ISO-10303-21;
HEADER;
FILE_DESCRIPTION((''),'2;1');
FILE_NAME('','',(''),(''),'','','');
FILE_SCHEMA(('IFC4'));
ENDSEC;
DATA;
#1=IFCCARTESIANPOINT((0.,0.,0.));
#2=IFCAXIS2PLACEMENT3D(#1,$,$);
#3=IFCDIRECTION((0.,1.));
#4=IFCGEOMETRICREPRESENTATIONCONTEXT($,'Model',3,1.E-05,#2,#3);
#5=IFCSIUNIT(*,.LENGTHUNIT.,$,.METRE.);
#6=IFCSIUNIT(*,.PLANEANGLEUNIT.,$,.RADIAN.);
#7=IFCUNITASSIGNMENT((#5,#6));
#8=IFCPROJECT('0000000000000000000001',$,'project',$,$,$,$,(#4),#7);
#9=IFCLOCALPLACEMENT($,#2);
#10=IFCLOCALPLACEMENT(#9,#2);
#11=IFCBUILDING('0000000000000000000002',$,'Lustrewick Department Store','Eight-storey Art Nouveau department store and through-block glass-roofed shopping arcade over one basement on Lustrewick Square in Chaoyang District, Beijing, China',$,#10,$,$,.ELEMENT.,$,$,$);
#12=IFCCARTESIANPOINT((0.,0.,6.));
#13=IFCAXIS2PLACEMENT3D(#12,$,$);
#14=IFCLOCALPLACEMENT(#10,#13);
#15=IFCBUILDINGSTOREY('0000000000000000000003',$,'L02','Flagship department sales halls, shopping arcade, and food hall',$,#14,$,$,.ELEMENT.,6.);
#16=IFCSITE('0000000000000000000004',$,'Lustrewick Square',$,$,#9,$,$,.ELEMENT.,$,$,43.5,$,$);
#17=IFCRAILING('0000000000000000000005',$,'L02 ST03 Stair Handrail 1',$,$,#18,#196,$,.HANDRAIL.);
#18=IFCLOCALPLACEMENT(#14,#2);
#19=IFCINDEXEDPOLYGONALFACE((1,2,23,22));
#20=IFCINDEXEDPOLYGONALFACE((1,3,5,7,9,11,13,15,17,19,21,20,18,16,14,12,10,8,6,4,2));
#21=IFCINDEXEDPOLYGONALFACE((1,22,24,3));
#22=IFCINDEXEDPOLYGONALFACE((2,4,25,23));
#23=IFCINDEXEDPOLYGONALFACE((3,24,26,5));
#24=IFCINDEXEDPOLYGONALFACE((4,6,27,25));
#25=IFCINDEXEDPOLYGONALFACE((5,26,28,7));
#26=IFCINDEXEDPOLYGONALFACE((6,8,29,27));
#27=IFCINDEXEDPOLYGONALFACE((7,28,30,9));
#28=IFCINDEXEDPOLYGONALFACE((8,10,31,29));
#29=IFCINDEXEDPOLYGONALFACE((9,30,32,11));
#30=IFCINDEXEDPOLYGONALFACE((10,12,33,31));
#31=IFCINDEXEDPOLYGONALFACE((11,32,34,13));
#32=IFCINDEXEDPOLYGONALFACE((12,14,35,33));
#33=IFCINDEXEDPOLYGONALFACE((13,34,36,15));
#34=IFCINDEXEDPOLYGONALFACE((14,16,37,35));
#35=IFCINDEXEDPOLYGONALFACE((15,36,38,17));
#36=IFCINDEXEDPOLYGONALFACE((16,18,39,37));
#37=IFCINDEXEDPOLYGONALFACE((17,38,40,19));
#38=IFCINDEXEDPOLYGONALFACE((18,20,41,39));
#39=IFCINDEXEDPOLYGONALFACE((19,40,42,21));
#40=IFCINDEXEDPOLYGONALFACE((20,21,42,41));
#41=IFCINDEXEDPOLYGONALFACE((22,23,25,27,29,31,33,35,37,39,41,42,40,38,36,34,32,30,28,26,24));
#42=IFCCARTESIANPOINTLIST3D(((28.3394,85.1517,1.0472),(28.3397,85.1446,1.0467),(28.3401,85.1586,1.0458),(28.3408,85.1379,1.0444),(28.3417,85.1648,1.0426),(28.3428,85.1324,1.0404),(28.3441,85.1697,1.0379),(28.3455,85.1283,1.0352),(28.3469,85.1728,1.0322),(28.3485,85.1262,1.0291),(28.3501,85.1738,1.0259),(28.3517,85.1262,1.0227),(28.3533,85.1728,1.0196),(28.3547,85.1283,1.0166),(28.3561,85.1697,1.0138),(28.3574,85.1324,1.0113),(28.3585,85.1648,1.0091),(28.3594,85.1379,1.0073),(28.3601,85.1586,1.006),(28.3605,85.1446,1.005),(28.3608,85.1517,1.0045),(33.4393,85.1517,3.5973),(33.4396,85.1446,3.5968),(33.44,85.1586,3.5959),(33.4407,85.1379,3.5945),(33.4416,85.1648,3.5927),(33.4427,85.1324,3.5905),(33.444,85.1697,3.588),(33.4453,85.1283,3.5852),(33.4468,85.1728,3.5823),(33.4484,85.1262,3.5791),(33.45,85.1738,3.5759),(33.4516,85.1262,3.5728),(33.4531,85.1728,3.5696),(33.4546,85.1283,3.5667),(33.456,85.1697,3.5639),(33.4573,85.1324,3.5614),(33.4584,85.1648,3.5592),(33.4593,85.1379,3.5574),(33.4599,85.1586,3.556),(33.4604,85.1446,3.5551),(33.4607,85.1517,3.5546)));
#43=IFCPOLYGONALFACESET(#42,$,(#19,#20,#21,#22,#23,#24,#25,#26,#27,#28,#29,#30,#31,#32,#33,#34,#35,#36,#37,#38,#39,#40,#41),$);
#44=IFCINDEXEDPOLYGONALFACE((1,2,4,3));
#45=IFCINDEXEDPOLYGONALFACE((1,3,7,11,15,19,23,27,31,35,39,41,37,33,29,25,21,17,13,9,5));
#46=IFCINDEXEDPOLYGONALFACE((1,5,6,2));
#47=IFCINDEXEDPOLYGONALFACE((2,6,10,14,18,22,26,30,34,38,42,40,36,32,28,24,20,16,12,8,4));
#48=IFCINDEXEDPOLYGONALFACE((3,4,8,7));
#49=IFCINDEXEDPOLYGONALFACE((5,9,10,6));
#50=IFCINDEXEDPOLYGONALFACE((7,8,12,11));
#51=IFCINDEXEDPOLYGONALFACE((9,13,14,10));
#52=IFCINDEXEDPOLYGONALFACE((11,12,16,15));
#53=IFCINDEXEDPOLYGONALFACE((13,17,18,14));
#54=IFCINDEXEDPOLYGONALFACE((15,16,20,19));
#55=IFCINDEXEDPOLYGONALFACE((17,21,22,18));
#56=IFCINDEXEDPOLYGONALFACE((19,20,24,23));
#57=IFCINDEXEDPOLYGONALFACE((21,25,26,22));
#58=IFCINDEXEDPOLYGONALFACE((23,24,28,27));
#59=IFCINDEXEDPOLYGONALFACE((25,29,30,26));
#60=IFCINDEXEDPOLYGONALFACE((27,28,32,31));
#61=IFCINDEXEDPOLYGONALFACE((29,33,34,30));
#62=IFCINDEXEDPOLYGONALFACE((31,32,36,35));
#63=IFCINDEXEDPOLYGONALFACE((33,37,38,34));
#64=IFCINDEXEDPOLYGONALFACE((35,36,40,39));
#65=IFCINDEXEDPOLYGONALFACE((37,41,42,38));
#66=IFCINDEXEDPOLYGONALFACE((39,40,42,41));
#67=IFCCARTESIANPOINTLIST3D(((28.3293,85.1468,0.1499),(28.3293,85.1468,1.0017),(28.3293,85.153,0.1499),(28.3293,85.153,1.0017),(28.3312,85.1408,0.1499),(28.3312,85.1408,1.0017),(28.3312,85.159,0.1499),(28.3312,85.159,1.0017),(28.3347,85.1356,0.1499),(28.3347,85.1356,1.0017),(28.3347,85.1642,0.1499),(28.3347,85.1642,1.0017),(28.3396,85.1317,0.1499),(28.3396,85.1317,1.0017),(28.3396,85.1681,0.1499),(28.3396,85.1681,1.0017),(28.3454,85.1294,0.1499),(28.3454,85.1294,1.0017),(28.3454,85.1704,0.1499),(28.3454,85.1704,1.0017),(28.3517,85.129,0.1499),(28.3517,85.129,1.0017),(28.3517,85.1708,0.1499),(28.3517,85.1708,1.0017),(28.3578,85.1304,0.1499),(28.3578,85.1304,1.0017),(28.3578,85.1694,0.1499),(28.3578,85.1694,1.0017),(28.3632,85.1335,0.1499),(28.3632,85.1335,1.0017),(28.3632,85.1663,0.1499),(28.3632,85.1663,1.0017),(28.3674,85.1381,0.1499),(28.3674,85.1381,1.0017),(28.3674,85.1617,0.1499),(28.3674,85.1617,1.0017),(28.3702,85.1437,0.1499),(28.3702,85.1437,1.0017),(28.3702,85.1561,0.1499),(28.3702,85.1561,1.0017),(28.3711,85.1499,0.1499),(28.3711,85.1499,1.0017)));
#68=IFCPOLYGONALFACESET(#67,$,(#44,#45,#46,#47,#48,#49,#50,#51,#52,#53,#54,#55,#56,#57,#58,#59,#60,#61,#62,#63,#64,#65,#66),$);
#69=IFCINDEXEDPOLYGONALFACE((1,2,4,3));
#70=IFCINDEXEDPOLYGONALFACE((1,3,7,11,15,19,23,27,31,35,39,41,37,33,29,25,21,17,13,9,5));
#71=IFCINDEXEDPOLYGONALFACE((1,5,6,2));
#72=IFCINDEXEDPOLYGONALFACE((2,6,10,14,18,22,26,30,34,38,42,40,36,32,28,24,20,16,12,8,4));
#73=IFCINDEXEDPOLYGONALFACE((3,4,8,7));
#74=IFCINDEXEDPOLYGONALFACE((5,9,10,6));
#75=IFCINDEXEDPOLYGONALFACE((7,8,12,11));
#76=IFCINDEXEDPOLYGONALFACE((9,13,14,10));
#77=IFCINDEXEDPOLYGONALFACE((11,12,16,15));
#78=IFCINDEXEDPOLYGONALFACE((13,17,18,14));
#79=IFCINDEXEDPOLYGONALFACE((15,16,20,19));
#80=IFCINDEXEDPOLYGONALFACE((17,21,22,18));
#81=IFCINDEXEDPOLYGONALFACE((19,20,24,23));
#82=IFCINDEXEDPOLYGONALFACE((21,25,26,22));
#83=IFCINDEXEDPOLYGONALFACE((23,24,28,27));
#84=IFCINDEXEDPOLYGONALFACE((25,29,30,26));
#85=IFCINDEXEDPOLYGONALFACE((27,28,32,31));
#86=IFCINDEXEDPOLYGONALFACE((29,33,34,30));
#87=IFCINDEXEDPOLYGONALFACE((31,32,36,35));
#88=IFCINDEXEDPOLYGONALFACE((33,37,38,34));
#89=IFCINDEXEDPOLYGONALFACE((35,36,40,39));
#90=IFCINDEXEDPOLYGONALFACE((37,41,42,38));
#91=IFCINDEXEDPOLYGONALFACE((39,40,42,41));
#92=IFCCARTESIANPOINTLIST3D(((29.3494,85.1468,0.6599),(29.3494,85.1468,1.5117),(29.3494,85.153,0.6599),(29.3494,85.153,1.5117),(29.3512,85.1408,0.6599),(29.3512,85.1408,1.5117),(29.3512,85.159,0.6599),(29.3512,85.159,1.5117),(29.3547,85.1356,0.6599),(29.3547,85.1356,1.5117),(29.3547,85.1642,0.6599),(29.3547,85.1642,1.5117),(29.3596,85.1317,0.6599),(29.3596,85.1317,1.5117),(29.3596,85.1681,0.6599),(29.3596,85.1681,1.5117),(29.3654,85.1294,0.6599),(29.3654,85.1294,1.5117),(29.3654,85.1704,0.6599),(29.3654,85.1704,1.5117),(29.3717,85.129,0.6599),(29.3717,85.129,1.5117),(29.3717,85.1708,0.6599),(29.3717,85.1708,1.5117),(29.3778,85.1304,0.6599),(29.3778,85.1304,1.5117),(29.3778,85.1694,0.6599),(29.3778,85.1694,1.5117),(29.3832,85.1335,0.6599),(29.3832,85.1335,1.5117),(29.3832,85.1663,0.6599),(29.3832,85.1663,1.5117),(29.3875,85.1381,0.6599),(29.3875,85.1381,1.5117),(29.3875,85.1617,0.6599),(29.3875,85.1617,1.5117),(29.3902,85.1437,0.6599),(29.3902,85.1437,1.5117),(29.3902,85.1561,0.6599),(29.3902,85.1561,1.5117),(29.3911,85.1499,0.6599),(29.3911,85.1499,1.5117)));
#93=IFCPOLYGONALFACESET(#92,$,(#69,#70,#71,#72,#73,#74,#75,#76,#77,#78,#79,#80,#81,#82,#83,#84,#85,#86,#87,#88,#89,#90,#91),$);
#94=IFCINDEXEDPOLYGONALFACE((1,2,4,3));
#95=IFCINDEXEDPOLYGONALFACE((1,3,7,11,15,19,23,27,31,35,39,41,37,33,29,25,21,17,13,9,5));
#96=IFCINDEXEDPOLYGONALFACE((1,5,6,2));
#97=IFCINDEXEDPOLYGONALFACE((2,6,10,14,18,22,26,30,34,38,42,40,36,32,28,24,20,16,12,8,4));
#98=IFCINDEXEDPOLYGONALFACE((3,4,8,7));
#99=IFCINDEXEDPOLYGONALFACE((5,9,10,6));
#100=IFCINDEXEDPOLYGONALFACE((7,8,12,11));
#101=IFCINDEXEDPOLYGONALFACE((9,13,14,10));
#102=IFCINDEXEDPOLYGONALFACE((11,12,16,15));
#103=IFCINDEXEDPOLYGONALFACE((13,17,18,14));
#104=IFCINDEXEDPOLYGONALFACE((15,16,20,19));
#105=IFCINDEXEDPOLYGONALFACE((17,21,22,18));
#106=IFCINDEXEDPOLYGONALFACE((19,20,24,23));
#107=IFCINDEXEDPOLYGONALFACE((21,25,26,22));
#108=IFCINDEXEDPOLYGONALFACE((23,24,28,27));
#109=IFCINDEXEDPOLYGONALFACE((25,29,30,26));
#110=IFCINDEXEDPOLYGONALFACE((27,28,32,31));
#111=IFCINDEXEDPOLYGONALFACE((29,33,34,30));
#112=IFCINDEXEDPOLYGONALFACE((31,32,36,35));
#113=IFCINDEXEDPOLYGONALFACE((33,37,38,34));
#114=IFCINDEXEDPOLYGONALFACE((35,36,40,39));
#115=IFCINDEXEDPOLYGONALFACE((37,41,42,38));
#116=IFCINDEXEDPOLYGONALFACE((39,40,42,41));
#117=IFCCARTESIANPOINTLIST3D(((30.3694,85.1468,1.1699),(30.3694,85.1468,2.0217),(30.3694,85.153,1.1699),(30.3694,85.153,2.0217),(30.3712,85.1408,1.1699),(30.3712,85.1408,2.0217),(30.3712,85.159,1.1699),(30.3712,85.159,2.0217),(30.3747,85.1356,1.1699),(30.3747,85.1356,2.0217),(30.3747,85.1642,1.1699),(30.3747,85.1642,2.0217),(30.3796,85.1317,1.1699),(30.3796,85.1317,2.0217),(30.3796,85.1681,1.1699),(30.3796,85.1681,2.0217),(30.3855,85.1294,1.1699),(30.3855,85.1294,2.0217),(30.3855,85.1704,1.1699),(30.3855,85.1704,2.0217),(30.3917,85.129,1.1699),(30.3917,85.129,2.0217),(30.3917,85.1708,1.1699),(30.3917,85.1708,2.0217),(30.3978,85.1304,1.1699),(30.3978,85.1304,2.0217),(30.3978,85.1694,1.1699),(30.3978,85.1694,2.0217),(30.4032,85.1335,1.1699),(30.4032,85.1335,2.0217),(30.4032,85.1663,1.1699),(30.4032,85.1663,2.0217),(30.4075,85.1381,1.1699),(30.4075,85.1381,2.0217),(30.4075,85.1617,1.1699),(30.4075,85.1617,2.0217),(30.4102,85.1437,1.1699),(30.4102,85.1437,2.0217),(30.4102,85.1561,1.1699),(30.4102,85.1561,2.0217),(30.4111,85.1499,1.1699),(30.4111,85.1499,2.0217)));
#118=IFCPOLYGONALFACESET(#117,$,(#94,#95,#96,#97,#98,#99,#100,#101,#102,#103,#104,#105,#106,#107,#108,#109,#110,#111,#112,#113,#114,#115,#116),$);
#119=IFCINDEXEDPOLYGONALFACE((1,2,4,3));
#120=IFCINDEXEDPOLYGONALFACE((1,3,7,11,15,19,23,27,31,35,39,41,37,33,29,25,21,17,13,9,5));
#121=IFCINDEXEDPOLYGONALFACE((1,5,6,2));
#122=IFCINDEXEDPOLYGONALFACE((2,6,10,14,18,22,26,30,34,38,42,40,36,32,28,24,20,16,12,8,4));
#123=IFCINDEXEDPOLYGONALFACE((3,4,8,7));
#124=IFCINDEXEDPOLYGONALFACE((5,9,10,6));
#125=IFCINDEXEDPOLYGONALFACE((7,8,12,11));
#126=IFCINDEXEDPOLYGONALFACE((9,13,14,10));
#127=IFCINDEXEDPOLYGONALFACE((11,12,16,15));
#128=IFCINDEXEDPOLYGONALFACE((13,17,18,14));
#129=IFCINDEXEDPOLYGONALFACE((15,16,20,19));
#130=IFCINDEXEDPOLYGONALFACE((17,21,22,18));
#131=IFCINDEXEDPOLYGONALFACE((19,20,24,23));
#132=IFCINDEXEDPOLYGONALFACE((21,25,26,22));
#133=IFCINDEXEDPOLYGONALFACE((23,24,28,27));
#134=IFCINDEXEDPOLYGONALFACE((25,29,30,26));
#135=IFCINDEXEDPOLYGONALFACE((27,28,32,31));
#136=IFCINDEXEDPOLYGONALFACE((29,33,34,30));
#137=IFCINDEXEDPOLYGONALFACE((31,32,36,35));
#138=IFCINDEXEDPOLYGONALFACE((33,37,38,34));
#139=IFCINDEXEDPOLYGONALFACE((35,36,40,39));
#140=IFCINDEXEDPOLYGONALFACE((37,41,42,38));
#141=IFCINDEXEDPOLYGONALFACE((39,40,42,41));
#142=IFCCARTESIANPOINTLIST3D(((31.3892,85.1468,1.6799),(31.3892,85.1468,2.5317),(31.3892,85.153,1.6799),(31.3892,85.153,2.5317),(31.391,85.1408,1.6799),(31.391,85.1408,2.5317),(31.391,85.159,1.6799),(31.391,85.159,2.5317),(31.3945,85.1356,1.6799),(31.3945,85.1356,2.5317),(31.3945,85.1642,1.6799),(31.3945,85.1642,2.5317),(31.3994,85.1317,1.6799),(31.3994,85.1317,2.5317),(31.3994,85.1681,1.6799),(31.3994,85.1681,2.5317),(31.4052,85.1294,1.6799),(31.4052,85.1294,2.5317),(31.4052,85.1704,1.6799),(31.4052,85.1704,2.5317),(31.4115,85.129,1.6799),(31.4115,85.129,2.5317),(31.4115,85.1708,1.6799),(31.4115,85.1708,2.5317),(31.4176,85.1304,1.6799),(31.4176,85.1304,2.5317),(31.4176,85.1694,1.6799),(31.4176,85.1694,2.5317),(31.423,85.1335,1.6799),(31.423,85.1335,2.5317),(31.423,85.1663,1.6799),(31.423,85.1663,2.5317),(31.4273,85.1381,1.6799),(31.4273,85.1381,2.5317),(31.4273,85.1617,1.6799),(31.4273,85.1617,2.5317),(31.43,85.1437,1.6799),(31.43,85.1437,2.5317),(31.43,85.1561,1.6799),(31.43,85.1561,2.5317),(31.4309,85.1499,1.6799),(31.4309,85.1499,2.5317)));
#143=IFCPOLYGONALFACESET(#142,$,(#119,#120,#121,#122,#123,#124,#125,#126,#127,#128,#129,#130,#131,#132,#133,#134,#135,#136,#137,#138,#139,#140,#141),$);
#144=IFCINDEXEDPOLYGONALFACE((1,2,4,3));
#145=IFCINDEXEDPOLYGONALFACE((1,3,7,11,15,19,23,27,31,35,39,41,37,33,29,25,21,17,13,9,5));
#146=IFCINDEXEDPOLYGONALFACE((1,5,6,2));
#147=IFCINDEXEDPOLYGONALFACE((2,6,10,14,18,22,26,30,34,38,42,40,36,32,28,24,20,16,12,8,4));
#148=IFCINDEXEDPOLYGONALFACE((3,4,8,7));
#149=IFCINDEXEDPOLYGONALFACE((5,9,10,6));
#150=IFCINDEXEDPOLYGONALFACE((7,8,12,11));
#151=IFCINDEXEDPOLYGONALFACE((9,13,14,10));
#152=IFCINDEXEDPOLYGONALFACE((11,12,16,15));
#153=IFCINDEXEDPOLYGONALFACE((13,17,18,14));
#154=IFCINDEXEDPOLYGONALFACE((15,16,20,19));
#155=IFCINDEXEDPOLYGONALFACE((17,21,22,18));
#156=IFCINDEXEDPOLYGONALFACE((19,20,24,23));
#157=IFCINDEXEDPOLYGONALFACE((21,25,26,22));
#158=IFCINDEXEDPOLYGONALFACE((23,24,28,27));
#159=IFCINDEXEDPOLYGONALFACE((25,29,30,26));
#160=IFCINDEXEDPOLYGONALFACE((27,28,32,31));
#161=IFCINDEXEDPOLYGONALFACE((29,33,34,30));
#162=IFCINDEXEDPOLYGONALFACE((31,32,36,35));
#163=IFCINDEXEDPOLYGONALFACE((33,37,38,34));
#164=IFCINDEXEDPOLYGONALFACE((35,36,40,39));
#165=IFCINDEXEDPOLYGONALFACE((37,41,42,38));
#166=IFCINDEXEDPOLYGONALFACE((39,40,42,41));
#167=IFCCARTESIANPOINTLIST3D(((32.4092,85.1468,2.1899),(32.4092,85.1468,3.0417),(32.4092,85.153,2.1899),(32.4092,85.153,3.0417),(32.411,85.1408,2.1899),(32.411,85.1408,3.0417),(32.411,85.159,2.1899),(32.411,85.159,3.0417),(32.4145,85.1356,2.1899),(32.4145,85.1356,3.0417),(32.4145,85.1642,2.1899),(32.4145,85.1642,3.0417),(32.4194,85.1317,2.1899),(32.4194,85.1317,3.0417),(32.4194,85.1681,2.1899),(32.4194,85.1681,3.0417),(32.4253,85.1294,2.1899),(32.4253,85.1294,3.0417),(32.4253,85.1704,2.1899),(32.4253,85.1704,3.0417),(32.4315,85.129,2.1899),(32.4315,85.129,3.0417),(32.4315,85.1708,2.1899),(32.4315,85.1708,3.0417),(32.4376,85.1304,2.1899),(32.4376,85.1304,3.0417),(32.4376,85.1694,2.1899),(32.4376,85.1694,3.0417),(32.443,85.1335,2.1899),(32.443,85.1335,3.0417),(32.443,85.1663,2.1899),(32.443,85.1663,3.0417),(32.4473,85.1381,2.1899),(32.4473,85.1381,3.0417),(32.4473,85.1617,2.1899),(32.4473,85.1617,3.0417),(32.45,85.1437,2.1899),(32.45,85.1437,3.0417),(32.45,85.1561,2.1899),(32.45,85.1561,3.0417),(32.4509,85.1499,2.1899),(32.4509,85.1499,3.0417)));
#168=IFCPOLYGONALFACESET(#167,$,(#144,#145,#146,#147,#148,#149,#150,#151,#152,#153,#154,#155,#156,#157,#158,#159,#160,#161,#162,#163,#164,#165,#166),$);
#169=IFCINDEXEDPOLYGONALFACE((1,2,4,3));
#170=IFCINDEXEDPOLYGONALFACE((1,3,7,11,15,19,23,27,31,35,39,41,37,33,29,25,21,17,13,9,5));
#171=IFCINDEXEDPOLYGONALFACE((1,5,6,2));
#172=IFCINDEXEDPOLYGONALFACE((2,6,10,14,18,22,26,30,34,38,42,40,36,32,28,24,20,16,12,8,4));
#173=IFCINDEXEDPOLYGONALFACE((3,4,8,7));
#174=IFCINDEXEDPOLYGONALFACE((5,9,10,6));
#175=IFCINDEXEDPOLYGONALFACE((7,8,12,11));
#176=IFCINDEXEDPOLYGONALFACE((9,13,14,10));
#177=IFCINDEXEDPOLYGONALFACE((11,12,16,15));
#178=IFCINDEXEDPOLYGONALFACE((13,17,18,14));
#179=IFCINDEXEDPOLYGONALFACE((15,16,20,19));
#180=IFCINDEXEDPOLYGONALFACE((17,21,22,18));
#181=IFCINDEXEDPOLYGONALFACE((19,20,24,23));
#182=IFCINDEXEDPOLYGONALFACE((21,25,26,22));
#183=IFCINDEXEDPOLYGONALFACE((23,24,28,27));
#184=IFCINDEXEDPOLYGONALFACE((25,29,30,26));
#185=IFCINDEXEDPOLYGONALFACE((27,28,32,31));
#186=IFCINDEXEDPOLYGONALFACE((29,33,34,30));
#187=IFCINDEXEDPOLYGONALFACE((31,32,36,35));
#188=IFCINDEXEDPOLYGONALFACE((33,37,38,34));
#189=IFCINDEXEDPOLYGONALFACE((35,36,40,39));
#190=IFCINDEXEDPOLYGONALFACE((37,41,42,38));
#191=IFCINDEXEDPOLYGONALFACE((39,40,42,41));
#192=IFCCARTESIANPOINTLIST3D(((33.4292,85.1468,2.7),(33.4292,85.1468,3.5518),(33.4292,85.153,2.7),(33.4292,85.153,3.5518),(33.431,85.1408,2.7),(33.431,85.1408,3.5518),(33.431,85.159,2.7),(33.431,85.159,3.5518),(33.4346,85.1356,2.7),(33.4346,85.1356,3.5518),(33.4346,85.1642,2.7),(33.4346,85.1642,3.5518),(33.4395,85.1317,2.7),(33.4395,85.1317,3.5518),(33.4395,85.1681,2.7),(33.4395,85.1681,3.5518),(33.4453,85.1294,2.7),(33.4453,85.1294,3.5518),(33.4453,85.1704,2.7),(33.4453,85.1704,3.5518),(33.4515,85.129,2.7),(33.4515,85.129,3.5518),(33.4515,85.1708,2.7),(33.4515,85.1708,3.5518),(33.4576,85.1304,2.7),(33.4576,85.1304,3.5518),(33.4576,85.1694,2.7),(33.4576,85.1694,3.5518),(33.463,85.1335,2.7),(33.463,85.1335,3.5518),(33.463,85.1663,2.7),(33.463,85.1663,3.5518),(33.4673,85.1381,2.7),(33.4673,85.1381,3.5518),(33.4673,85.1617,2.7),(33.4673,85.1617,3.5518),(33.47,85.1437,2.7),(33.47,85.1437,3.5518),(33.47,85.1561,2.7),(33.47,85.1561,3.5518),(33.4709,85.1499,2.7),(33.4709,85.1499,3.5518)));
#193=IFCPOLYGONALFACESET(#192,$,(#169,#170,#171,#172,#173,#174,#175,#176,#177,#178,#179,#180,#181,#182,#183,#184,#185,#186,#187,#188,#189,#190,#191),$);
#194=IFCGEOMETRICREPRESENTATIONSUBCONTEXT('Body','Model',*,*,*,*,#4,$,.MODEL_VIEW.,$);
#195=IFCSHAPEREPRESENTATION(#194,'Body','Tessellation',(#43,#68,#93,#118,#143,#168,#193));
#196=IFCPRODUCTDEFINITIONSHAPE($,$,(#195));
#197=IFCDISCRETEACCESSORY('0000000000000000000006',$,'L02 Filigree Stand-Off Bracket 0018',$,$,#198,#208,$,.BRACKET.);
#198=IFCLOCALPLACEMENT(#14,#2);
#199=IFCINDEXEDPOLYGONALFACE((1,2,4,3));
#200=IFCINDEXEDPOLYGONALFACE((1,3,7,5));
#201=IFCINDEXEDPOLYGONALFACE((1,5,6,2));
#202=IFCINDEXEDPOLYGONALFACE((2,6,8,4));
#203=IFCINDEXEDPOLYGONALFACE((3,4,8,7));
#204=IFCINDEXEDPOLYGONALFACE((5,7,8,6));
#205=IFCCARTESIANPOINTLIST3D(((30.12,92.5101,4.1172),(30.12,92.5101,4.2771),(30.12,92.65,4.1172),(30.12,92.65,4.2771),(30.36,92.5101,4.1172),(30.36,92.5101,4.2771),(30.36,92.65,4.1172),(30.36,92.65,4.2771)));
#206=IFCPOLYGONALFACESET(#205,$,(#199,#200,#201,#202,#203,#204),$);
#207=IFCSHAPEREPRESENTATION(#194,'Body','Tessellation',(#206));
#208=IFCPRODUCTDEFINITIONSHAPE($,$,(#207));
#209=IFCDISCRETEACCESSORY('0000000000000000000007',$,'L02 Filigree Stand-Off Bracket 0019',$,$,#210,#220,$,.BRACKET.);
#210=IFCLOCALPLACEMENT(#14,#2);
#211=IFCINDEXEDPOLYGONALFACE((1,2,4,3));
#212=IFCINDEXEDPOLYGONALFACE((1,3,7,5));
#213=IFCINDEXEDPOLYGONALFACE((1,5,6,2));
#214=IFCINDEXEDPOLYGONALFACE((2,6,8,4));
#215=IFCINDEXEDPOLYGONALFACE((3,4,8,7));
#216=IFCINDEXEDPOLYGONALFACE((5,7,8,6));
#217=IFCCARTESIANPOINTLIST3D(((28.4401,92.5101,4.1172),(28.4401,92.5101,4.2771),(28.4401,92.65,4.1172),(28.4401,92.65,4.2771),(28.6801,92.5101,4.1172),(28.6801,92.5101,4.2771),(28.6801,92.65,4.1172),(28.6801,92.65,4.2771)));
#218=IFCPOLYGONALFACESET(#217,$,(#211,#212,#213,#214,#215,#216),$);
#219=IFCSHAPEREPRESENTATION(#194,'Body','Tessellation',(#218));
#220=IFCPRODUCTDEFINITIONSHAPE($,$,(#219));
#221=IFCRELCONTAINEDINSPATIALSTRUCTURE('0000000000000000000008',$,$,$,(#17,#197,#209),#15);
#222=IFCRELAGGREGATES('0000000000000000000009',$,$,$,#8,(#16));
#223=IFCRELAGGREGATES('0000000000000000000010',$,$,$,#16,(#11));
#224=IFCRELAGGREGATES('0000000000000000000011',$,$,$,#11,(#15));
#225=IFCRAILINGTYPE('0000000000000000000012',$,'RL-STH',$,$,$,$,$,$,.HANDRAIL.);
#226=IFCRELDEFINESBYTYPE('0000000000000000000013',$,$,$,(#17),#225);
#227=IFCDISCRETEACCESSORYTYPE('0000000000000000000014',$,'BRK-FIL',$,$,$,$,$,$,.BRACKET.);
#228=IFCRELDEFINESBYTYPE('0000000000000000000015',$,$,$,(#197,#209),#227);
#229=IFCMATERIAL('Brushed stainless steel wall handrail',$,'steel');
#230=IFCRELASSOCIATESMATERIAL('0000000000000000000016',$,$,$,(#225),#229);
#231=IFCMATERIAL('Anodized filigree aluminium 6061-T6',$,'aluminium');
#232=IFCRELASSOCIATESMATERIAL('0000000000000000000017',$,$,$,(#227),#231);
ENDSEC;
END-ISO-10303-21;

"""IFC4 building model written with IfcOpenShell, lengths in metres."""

from ifc_helpers import new_model, si_unit, direction, frame, origin, origin_2d, place, context, subcontext, project, spatial, rectangle, circle, extrude, material, type_object, element, save


model = new_model("IFC4")

# Units and contexts
model_context = context("Model", 3, precision=1e-05, world=origin(), true_north=direction((0.0, 1.0)))
body_context = subcontext(model_context, "Body", "Model", "MODEL_VIEW")
ifc_project = project(units=[si_unit("LENGTHUNIT", "METRE"), si_unit("PLANEANGLEUNIT", "RADIAN")], contexts=[model_context])

# Site, building, storey
site_placement = place(None, origin())
site = spatial("IfcSite", under=ifc_project, at=site_placement, Name="Lustrewick Square", CompositionType="ELEMENT", RefElevation=43.5)
building_placement = place(site_placement, origin())
building = spatial("IfcBuilding", under=site, at=building_placement, Name="Lustrewick Department Store", Description="Eight-storey Art Nouveau department store and through-block glass-roofed shopping arcade over one basement on Lustrewick Square in Chaoyang District, Beijing, China", CompositionType="ELEMENT")
storey_placement = place(building_placement, frame((0.0, 0.0, 6.0)))
storey = spatial("IfcBuildingStorey", under=building, at=storey_placement, Name="L02", Description="Flagship department sales halls, shopping arcade, and food hall", CompositionType="ELEMENT", Elevation=6.0)

# Railing
ifc_material_1 = material(Name="Brushed stainless steel wall handrail", Category="steel")
railing_type_1 = type_object("IfcRailingType", Name="RL-STH", PredefinedType="HANDRAIL", material=ifc_material_1)
railing_1_placement = place(storey_placement, frame((28.3501, 85.1499, 0.1499)))
element("IfcRailing", 1, at=railing_1_placement, inside=storey, type_object=railing_type_1, Name="L02 ST03 Stair Handrail 1", PredefinedType="HANDRAIL", context=body_context, shape_type="SweptSolid", body=[
    extrude(circle(Radius=0.0239, at=origin_2d()), frame((0.0, 0.0, 0.876), z_axis=(0.894419, 0.0, 0.447231), x_axis=(0.0, 1.0, 0.0)), (0.0, 0.0, 1.0), 5.7019),
    extrude(circle(Radius=0.021, at=origin_2d()), origin(), (0.0, 0.0, 1.0), 0.8518),
    extrude(circle(Radius=0.021, at=origin_2d()), frame((1.02, 0.0, 0.51)), (0.0, 0.0, 1.0), 0.8518),
    extrude(circle(Radius=0.021, at=origin_2d()), frame((2.04, 0.0, 1.02)), (0.0, 0.0, 1.0), 0.8518),
    extrude(circle(Radius=0.021, at=origin_2d()), frame((3.0598, 0.0, 1.53)), (0.0, 0.0, 1.0), 0.8518),
    extrude(circle(Radius=0.021, at=origin_2d()), frame((4.0798, 0.0, 2.04)), (0.0, 0.0, 1.0), 0.8518),
    extrude(circle(Radius=0.021, at=origin_2d()), frame((5.0999, 0.0, 2.55)), (0.0, 0.0, 1.0), 0.8518),
])

# Discrete accessories
ifc_material_2 = material(Name="Anodized filigree aluminium 6061-T6", Category="aluminium")
discrete_accessory_type = type_object("IfcDiscreteAccessoryType", Name="BRK-FIL", PredefinedType="BRACKET", material=ifc_material_2)
for number, where, z_axis, x_axis, name in (
    (2, (30.24, 92.5801, 4.1172), (0.0, 0.0, 1.0), (-1.0, 0.0, 0.0), "L02 Filigree Stand-Off Bracket 0018"),
    (3, (28.5601, 92.5801, 4.1172), (0.0, 0.0, 1.0), (-1.0, 0.0, 0.0), "L02 Filigree Stand-Off Bracket 0019"),
):
    element("IfcDiscreteAccessory", number, at=place(storey_placement, frame(where, z_axis=z_axis, x_axis=x_axis)), inside=storey, type_object=discrete_accessory_type, Name=name, PredefinedType="BRACKET", context=body_context, shape_type="SweptSolid", body=[
        extrude(rectangle(XDim=0.24, YDim=0.1399, at=origin_2d()), origin(), (0.0, 0.0, 1.0), 0.1599),
    ])

save(model, "model.ifc")
